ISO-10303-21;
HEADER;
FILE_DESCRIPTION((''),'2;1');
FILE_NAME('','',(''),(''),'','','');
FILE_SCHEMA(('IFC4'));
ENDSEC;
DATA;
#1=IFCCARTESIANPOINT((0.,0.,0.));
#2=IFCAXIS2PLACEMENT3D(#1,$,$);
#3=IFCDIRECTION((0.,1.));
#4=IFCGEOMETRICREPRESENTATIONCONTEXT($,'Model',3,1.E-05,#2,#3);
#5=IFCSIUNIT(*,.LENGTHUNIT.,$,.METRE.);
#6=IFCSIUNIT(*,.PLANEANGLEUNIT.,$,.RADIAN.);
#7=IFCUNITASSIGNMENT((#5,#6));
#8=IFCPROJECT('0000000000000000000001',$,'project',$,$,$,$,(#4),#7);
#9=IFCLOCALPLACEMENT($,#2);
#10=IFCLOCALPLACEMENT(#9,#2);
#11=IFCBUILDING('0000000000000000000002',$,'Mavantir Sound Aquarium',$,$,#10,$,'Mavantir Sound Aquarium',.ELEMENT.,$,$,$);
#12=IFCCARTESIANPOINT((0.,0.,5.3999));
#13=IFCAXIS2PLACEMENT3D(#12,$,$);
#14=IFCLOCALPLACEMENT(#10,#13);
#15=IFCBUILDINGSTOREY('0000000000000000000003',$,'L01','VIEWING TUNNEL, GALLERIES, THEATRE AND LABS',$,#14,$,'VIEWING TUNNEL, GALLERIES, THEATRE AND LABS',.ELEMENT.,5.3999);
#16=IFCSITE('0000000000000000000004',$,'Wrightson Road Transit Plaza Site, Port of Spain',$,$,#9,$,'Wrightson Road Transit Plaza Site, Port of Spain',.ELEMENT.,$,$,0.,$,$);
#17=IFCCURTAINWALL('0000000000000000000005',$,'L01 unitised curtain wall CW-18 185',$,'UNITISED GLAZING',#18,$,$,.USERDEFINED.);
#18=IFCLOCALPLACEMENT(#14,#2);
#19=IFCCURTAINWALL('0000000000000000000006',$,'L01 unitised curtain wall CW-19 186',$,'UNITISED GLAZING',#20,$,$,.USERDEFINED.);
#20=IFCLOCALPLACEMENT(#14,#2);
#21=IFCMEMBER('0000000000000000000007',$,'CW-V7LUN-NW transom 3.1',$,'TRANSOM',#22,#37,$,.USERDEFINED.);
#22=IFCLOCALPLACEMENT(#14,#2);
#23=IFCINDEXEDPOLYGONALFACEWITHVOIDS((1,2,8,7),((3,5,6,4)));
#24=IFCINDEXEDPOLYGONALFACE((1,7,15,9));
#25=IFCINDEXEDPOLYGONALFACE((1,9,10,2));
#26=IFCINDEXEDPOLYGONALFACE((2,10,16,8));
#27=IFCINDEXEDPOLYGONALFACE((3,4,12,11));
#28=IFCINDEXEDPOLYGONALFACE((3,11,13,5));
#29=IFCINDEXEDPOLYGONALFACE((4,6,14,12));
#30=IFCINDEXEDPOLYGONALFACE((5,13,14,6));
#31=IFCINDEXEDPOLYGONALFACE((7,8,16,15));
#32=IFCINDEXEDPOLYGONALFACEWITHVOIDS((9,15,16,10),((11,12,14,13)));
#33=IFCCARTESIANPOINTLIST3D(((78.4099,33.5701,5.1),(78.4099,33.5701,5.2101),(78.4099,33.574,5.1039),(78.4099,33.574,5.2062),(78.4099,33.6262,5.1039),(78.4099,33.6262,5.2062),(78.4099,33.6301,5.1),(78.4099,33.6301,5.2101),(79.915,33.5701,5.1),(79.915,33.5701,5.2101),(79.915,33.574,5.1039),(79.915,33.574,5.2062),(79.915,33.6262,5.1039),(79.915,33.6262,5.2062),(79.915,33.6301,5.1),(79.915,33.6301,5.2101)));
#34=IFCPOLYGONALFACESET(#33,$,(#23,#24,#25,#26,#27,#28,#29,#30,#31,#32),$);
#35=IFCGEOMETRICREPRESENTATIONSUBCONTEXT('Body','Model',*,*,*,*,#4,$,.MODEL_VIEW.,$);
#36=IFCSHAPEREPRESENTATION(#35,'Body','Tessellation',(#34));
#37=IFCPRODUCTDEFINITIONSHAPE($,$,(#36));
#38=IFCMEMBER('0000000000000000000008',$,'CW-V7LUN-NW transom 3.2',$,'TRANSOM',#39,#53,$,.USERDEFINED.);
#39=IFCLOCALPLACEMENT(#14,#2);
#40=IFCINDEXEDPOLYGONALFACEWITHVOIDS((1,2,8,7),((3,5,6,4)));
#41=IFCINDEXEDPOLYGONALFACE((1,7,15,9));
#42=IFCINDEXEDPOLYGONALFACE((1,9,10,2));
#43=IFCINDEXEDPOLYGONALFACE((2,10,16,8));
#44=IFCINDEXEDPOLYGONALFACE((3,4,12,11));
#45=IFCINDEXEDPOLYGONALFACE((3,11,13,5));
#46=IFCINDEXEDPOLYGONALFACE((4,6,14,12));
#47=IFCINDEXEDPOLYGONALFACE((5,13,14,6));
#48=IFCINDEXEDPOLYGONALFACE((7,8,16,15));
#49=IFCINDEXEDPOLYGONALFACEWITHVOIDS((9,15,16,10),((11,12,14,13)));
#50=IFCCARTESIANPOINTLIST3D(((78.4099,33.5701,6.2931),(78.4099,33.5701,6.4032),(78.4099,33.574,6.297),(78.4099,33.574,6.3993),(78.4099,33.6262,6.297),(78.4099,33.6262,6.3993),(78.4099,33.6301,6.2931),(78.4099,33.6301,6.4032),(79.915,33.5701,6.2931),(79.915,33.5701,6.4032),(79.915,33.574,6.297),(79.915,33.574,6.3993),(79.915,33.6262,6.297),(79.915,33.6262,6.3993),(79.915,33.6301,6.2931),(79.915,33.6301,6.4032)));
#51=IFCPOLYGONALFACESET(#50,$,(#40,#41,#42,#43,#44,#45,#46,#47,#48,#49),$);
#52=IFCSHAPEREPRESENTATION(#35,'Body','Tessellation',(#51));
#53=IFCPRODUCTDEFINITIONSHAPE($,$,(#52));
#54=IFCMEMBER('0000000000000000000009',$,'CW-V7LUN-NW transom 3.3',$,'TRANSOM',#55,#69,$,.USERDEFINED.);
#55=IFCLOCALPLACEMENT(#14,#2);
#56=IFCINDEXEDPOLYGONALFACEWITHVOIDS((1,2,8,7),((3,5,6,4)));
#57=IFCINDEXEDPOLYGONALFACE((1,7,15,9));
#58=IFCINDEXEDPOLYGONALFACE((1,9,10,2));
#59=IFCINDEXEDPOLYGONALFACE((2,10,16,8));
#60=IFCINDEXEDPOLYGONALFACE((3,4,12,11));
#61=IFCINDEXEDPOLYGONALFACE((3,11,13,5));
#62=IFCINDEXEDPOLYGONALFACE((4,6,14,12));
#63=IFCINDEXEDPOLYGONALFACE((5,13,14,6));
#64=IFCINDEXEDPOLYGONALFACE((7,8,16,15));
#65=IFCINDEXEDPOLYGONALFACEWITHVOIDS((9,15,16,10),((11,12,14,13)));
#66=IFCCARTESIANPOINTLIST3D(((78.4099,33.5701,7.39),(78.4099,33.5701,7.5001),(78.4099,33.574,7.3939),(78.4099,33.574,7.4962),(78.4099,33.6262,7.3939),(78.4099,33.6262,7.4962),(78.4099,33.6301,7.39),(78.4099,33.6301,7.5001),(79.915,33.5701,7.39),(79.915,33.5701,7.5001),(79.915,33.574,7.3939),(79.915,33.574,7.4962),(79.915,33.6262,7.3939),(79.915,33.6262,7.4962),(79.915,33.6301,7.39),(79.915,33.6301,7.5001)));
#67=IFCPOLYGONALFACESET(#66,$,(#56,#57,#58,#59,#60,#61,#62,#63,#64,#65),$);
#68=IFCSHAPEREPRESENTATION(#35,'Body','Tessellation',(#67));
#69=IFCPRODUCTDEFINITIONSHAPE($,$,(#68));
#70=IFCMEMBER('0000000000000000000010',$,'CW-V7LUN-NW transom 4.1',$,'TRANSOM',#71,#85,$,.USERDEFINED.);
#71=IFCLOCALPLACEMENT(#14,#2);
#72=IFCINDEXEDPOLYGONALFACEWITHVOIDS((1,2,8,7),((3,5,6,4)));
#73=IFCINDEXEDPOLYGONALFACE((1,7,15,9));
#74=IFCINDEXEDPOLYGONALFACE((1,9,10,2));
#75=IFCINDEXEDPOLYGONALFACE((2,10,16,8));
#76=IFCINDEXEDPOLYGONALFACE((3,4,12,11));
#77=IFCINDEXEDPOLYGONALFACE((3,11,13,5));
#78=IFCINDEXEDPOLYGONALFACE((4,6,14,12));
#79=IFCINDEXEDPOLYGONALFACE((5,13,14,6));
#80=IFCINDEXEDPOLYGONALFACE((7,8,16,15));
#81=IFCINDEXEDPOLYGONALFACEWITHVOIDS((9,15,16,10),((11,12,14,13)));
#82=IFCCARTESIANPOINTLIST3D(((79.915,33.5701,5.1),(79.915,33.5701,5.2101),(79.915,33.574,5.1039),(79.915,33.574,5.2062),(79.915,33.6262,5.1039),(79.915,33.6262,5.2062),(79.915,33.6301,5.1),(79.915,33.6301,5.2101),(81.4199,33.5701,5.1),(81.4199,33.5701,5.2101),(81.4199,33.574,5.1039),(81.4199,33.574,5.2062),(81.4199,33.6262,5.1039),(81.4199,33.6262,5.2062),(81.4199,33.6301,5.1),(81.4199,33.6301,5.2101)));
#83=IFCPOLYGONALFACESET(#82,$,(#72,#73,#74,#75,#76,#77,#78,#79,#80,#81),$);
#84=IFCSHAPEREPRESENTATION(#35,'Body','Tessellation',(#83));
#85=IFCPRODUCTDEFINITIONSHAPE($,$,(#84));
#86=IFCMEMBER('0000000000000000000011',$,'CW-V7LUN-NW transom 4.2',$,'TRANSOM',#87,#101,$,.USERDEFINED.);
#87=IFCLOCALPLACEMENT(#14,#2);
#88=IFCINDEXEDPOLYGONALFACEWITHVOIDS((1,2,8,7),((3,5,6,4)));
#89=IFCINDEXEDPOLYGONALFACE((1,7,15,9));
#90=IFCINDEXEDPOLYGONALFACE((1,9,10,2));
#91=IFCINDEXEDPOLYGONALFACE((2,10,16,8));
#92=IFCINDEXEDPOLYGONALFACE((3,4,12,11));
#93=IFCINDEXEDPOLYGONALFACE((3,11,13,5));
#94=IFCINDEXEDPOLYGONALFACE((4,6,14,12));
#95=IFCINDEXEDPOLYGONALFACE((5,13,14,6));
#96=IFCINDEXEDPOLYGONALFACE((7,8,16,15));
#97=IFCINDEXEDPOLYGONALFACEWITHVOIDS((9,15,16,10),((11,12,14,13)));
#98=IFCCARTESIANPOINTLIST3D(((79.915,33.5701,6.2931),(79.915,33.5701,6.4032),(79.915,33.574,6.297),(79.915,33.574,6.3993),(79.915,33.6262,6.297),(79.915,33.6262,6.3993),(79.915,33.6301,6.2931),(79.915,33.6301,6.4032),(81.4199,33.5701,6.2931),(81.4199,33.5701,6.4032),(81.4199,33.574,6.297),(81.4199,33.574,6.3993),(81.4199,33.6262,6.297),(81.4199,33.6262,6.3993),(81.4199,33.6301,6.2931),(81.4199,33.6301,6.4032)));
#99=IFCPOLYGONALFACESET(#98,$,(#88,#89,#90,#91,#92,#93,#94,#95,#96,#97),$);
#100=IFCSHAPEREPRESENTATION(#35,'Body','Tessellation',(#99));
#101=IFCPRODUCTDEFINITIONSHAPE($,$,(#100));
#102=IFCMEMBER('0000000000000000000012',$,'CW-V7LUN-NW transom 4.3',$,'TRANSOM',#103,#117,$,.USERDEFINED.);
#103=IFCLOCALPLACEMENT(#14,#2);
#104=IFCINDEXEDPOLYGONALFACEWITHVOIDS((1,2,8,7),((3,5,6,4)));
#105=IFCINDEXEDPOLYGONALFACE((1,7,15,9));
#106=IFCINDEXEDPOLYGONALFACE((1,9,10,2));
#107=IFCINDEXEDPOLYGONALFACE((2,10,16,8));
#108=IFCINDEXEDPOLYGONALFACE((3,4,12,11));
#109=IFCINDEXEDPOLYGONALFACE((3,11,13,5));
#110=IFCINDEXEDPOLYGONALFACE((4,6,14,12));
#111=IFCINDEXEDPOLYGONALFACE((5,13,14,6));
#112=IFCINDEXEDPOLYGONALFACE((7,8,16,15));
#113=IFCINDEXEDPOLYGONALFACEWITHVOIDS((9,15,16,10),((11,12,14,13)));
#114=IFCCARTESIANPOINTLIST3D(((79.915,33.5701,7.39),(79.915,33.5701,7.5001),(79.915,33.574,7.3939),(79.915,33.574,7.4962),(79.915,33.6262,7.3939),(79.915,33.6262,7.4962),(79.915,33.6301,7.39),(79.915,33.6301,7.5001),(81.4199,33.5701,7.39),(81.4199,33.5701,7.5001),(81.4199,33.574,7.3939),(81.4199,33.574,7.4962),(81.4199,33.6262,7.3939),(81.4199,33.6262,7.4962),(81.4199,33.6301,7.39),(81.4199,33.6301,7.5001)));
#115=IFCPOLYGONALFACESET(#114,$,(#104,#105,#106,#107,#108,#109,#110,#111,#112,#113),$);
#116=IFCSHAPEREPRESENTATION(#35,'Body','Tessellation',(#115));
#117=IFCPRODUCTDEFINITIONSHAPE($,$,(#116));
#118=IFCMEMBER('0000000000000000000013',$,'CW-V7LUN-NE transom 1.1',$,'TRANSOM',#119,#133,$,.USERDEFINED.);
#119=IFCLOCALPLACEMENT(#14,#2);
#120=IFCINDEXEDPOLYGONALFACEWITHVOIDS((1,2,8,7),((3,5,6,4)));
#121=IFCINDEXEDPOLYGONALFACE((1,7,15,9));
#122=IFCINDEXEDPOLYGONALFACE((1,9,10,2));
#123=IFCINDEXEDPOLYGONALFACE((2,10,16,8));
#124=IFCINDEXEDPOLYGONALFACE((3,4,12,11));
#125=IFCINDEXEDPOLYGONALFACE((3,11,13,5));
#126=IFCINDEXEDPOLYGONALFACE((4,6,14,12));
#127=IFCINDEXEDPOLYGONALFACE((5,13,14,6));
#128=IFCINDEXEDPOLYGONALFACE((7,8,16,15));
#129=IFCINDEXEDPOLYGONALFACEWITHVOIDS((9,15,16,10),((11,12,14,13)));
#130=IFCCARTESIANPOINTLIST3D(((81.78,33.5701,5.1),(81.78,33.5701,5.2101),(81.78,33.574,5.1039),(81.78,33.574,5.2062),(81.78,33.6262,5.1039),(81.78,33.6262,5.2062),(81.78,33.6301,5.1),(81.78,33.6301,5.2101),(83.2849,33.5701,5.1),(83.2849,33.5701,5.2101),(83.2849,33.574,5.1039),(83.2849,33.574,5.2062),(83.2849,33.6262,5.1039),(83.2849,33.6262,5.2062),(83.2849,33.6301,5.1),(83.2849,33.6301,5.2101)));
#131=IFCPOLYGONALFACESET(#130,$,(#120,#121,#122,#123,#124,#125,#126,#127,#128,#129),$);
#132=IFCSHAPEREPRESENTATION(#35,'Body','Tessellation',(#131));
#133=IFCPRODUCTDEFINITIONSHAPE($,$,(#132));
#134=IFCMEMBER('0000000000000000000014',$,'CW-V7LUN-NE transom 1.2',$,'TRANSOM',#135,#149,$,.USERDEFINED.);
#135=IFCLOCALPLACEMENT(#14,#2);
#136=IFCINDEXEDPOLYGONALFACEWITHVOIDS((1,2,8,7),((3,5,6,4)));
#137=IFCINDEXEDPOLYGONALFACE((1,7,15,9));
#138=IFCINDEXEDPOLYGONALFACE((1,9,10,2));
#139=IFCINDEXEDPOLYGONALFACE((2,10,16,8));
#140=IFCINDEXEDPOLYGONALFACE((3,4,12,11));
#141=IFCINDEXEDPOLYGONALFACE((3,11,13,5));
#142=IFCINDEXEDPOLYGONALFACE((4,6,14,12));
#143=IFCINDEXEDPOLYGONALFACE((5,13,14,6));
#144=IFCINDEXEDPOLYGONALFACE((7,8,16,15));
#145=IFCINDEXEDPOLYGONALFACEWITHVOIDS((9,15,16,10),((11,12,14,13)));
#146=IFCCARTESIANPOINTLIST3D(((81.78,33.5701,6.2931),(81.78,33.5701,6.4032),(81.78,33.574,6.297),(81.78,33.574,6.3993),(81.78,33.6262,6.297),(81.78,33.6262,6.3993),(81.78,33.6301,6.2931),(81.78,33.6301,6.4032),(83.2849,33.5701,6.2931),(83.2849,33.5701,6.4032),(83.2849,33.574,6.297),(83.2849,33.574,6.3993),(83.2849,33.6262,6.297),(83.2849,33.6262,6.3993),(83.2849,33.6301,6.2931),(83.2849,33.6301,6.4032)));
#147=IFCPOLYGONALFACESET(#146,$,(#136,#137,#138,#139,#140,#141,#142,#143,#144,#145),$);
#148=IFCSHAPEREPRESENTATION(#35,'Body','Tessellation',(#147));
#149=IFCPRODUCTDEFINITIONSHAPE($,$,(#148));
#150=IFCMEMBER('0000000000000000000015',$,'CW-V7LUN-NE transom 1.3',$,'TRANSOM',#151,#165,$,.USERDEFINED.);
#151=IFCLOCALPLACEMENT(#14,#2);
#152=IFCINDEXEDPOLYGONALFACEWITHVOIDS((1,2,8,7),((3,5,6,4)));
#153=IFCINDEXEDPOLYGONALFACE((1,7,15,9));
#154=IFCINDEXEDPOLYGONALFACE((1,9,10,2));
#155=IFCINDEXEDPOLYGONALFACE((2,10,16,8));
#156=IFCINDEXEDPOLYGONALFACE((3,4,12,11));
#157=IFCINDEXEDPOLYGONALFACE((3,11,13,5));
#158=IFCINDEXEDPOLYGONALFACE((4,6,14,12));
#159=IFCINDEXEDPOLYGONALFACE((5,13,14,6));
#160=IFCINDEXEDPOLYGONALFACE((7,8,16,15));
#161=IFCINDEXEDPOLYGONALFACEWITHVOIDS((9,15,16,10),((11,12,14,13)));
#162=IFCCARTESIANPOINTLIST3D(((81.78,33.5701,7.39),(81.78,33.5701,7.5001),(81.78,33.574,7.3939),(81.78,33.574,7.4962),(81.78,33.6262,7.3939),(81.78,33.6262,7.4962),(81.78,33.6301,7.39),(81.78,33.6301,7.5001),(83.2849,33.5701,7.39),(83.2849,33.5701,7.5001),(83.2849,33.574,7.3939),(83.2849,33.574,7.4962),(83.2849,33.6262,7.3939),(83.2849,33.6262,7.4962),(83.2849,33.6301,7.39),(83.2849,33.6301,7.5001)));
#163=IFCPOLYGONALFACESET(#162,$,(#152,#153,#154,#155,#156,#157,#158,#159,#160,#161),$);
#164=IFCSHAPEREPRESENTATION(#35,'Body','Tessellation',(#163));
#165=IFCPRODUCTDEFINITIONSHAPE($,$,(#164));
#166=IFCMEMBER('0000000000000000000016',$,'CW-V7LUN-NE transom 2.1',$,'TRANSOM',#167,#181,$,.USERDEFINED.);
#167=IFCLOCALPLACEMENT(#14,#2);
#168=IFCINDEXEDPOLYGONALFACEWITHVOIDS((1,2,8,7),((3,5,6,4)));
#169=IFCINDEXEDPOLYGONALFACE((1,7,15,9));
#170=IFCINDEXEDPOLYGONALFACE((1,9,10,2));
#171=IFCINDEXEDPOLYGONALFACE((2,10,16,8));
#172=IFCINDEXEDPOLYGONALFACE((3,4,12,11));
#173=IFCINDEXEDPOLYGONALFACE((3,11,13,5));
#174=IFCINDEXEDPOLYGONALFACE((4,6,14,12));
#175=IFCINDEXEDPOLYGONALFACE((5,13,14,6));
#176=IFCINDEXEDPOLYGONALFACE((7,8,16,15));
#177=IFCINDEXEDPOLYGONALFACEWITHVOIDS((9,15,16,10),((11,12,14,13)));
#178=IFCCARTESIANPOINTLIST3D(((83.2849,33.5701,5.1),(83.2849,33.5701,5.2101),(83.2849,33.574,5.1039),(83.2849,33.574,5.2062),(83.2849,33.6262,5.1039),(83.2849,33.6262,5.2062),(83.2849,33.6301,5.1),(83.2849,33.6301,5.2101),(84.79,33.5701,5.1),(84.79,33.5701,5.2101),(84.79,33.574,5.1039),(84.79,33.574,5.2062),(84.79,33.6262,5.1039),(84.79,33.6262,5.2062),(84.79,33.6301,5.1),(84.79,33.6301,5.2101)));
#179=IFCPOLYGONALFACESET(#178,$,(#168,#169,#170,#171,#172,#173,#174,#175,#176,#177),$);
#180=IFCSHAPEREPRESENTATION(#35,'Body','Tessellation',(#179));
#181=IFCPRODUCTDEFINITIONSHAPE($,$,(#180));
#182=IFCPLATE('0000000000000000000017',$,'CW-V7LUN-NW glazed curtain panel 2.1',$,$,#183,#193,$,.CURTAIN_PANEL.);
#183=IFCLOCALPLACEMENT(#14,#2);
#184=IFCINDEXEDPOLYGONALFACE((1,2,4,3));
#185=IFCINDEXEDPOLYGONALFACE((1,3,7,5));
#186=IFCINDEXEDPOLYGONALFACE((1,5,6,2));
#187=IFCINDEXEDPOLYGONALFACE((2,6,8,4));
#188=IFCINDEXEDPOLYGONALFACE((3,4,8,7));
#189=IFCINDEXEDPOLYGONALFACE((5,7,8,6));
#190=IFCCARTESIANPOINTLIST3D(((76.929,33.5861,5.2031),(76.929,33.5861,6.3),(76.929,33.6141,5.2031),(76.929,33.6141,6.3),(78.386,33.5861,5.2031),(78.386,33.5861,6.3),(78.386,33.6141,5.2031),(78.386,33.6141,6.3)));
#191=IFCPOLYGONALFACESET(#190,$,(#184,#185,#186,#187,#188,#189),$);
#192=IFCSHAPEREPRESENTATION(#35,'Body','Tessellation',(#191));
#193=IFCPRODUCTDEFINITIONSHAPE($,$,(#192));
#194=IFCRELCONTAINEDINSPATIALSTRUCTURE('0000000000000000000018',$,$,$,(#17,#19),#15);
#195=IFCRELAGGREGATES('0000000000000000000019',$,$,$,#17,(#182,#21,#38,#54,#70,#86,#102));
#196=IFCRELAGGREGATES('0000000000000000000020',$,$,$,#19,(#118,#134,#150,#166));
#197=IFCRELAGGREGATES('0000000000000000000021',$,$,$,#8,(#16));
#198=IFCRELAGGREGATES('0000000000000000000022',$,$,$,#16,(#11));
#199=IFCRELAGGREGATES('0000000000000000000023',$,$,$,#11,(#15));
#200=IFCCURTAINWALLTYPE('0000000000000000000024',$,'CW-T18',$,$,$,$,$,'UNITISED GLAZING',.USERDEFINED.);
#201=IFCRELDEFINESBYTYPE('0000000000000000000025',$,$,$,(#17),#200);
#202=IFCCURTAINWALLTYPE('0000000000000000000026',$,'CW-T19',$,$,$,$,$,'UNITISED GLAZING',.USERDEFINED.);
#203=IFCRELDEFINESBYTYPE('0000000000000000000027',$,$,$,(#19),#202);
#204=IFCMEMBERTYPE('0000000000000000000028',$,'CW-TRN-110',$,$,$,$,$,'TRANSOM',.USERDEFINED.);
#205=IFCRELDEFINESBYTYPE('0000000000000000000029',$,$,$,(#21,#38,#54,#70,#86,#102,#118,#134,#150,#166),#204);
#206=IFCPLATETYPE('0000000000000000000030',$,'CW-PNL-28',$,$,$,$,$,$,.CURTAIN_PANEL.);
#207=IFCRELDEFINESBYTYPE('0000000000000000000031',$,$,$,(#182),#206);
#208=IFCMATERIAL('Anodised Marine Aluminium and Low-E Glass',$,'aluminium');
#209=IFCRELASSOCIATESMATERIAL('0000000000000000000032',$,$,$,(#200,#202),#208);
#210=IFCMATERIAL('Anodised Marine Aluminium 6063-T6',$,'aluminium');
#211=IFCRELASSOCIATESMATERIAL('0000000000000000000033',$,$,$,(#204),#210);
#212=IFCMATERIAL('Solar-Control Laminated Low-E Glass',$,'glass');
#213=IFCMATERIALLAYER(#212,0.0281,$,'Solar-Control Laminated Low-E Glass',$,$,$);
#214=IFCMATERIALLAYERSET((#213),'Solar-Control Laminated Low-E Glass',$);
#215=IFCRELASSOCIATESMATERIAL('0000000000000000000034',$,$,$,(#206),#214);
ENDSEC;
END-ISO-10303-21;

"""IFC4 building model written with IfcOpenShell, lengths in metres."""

from ifc_helpers import new_model, si_unit, direction, frame, origin, origin_2d, place, context, subcontext, project, spatial, rectangle, hollow_rectangle, extrude, material, layer, layer_set, material_profile, profile_set, type_object, element, aggregate, save


model = new_model("IFC4")

# Units and contexts
model_context = context("Model", 3, precision=1e-05, world=origin(), true_north=direction((0.0, 1.0)))
body_context = subcontext(model_context, "Body", "Model", "MODEL_VIEW")
ifc_project = project(units=[si_unit("LENGTHUNIT", "METRE"), si_unit("PLANEANGLEUNIT", "RADIAN")], contexts=[model_context])

# Site, building, storey
site_placement = place(None, origin())
site = spatial("IfcSite", under=ifc_project, at=site_placement, Name="Wrightson Road Transit Plaza Site, Port of Spain", LongName="Wrightson Road Transit Plaza Site, Port of Spain", CompositionType="ELEMENT", RefElevation=0.0)
building_placement = place(site_placement, origin())
building = spatial("IfcBuilding", under=site, at=building_placement, Name="Mavantir Sound Aquarium", LongName="Mavantir Sound Aquarium", CompositionType="ELEMENT")
storey_placement = place(building_placement, frame((0.0, 0.0, 5.3999)))
storey = spatial("IfcBuildingStorey", under=building, at=storey_placement, Name="L01", Description="VIEWING TUNNEL, GALLERIES, THEATRE AND LABS", LongName="VIEWING TUNNEL, GALLERIES, THEATRE AND LABS", CompositionType="ELEMENT", Elevation=5.3999)

# Curtain walls
ifc_material_1 = material(Name="Anodised Marine Aluminium and Low-E Glass", Category="aluminium")
curtain_wall_type_1 = type_object("IfcCurtainWallType", Name="CW-T18", ElementType="UNITISED GLAZING", PredefinedType="USERDEFINED", material=ifc_material_1)
curtain_wall_1_placement = place(storey_placement, origin())
curtain_wall_1 = element("IfcCurtainWall", 1, at=curtain_wall_1_placement, inside=storey, type_object=curtain_wall_type_1, Name="L01 unitised curtain wall CW-18 185", ObjectType="UNITISED GLAZING", PredefinedType="USERDEFINED")
ifc_material_2 = material(Name="Anodised Marine Aluminium 6063-T6", Category="aluminium")
curtain_wall_type_2 = type_object("IfcCurtainWallType", Name="CW-T19", ElementType="UNITISED GLAZING", PredefinedType="USERDEFINED", material=ifc_material_1)
curtain_wall_2_placement = place(storey_placement, origin())
curtain_wall_2 = element("IfcCurtainWall", 2, at=curtain_wall_2_placement, inside=storey, type_object=curtain_wall_type_2, Name="L01 unitised curtain wall CW-19 186", ObjectType="UNITISED GLAZING", PredefinedType="USERDEFINED")

# Members
ifc_material_profile_1 = material_profile(ifc_material_2, hollow_rectangle(XDim=0.0601, YDim=0.1101, WallThickness=0.0039, at=origin_2d()), Name="ALU-TRANSOM-110X60")
ifc_profile_set_1 = profile_set([ifc_material_profile_1], Name="Anodised Marine Aluminium 6063-T6")
member_type_1 = type_object("IfcMemberType", Name="CW-TRN-110", ElementType="TRANSOM", PredefinedType="USERDEFINED", material=ifc_profile_set_1)
member_1_placement = place(storey_placement, frame((78.4099, 33.6001, 5.155), z_axis=(1.0, 0.0, 0.0), x_axis=(0.0, 1.0, 0.0)))
member_1 = element("IfcMember", 3, at=member_1_placement, type_object=member_type_1, Name="CW-V7LUN-NW transom 3.1", ObjectType="TRANSOM", PredefinedType="USERDEFINED", context=body_context, shape_type="SweptSolid", body=[
    extrude(hollow_rectangle(XDim=0.0601, YDim=0.1101, WallThickness=0.0039, at=origin_2d()), origin(), (0.0, 0.0, 1.0), 1.5051),
])
member_2_placement = place(storey_placement, frame((78.4099, 33.6001, 6.3481), z_axis=(1.0, 0.0, 0.0), x_axis=(0.0, 1.0, 0.0)))
member_2 = element("IfcMember", 4, at=member_2_placement, type_object=member_type_1, Name="CW-V7LUN-NW transom 3.2", ObjectType="TRANSOM", PredefinedType="USERDEFINED", context=body_context, shape_type="SweptSolid", body=[
    extrude(hollow_rectangle(XDim=0.0601, YDim=0.1101, WallThickness=0.0039, at=origin_2d()), origin(), (0.0, 0.0, 1.0), 1.5051),
])
member_3_placement = place(storey_placement, frame((78.4099, 33.6001, 7.4451), z_axis=(1.0, 0.0, 0.0), x_axis=(0.0, 1.0, 0.0)))
member_3 = element("IfcMember", 5, at=member_3_placement, type_object=member_type_1, Name="CW-V7LUN-NW transom 3.3", ObjectType="TRANSOM", PredefinedType="USERDEFINED", context=body_context, shape_type="SweptSolid", body=[
    extrude(hollow_rectangle(XDim=0.0601, YDim=0.1101, WallThickness=0.0039, at=origin_2d()), origin(), (0.0, 0.0, 1.0), 1.5051),
])
member_4_placement = place(storey_placement, frame((79.915, 33.6001, 5.155), z_axis=(1.0, 0.0, 0.0), x_axis=(0.0, 1.0, 0.0)))
member_4 = element("IfcMember", 6, at=member_4_placement, type_object=member_type_1, Name="CW-V7LUN-NW transom 4.1", ObjectType="TRANSOM", PredefinedType="USERDEFINED", context=body_context, shape_type="SweptSolid", body=[
    extrude(hollow_rectangle(XDim=0.0601, YDim=0.1101, WallThickness=0.0039, at=origin_2d()), origin(), (0.0, 0.0, 1.0), 1.5049),
])
member_5_placement = place(storey_placement, frame((79.915, 33.6001, 6.3481), z_axis=(1.0, 0.0, 0.0), x_axis=(0.0, 1.0, 0.0)))
member_5 = element("IfcMember", 7, at=member_5_placement, type_object=member_type_1, Name="CW-V7LUN-NW transom 4.2", ObjectType="TRANSOM", PredefinedType="USERDEFINED", context=body_context, shape_type="SweptSolid", body=[
    extrude(hollow_rectangle(XDim=0.0601, YDim=0.1101, WallThickness=0.0039, at=origin_2d()), origin(), (0.0, 0.0, 1.0), 1.5049),
])
member_6_placement = place(storey_placement, frame((79.915, 33.6001, 7.4451), z_axis=(1.0, 0.0, 0.0), x_axis=(0.0, 1.0, 0.0)))
member_6 = element("IfcMember", 8, at=member_6_placement, type_object=member_type_1, Name="CW-V7LUN-NW transom 4.3", ObjectType="TRANSOM", PredefinedType="USERDEFINED", context=body_context, shape_type="SweptSolid", body=[
    extrude(hollow_rectangle(XDim=0.0601, YDim=0.1101, WallThickness=0.0039, at=origin_2d()), origin(), (0.0, 0.0, 1.0), 1.5049),
])
member_7_placement = place(storey_placement, frame((81.78, 33.6001, 5.155), z_axis=(1.0, 0.0, 0.0), x_axis=(0.0, 1.0, 0.0)))
member_7 = element("IfcMember", 9, at=member_7_placement, type_object=member_type_1, Name="CW-V7LUN-NE transom 1.1", ObjectType="TRANSOM", PredefinedType="USERDEFINED", context=body_context, shape_type="SweptSolid", body=[
    extrude(hollow_rectangle(XDim=0.0601, YDim=0.1101, WallThickness=0.0039, at=origin_2d()), origin(), (0.0, 0.0, 1.0), 1.5049),
])
member_8_placement = place(storey_placement, frame((81.78, 33.6001, 6.3481), z_axis=(1.0, 0.0, 0.0), x_axis=(0.0, 1.0, 0.0)))
member_8 = element("IfcMember", 10, at=member_8_placement, type_object=member_type_1, Name="CW-V7LUN-NE transom 1.2", ObjectType="TRANSOM", PredefinedType="USERDEFINED", context=body_context, shape_type="SweptSolid", body=[
    extrude(hollow_rectangle(XDim=0.0601, YDim=0.1101, WallThickness=0.0039, at=origin_2d()), origin(), (0.0, 0.0, 1.0), 1.5049),
])
member_9_placement = place(storey_placement, frame((81.78, 33.6001, 7.4451), z_axis=(1.0, 0.0, 0.0), x_axis=(0.0, 1.0, 0.0)))
member_9 = element("IfcMember", 11, at=member_9_placement, type_object=member_type_1, Name="CW-V7LUN-NE transom 1.3", ObjectType="TRANSOM", PredefinedType="USERDEFINED", context=body_context, shape_type="SweptSolid", body=[
    extrude(hollow_rectangle(XDim=0.0601, YDim=0.1101, WallThickness=0.0039, at=origin_2d()), origin(), (0.0, 0.0, 1.0), 1.5049),
])
member_10_placement = place(storey_placement, frame((83.2849, 33.6001, 5.155), z_axis=(1.0, 0.0, 0.0), x_axis=(0.0, 1.0, 0.0)))
member_10 = element("IfcMember", 12, at=member_10_placement, type_object=member_type_1, Name="CW-V7LUN-NE transom 2.1", ObjectType="TRANSOM", PredefinedType="USERDEFINED", context=body_context, shape_type="SweptSolid", body=[
    extrude(hollow_rectangle(XDim=0.0601, YDim=0.1101, WallThickness=0.0039, at=origin_2d()), origin(), (0.0, 0.0, 1.0), 1.5051),
])

# Plate
ifc_material_3 = material(Name="Solar-Control Laminated Low-E Glass", Category="glass")
ifc_layer_1 = layer(ifc_material_3, 0.0281, Name="Solar-Control Laminated Low-E Glass")
ifc_layer_set_1 = layer_set([ifc_layer_1], Name="Solar-Control Laminated Low-E Glass")
plate_type_1 = type_object("IfcPlateType", Name="CW-PNL-28", PredefinedType="CURTAIN_PANEL", material=ifc_layer_set_1)
plate_1_placement = place(storey_placement, frame((77.6575, 33.6001, 5.2031), z_axis=(0.0, 0.0, 1.0), x_axis=(1.0, 0.0, 0.0)))
plate_1 = element("IfcPlate", 13, at=plate_1_placement, type_object=plate_type_1, Name="CW-V7LUN-NW glazed curtain panel 2.1", PredefinedType="CURTAIN_PANEL", context=body_context, shape_type="SweptSolid", body=[
    extrude(rectangle(XDim=1.457, YDim=0.0281, at=origin_2d()), origin(), (0.0, 0.0, 1.0), 1.0969),
])
aggregate(curtain_wall_1, [plate_1, member_1, member_2, member_3, member_4, member_5, member_6])
aggregate(curtain_wall_2, [member_7, member_8, member_9, member_10])

save(model, "model.ifc")
